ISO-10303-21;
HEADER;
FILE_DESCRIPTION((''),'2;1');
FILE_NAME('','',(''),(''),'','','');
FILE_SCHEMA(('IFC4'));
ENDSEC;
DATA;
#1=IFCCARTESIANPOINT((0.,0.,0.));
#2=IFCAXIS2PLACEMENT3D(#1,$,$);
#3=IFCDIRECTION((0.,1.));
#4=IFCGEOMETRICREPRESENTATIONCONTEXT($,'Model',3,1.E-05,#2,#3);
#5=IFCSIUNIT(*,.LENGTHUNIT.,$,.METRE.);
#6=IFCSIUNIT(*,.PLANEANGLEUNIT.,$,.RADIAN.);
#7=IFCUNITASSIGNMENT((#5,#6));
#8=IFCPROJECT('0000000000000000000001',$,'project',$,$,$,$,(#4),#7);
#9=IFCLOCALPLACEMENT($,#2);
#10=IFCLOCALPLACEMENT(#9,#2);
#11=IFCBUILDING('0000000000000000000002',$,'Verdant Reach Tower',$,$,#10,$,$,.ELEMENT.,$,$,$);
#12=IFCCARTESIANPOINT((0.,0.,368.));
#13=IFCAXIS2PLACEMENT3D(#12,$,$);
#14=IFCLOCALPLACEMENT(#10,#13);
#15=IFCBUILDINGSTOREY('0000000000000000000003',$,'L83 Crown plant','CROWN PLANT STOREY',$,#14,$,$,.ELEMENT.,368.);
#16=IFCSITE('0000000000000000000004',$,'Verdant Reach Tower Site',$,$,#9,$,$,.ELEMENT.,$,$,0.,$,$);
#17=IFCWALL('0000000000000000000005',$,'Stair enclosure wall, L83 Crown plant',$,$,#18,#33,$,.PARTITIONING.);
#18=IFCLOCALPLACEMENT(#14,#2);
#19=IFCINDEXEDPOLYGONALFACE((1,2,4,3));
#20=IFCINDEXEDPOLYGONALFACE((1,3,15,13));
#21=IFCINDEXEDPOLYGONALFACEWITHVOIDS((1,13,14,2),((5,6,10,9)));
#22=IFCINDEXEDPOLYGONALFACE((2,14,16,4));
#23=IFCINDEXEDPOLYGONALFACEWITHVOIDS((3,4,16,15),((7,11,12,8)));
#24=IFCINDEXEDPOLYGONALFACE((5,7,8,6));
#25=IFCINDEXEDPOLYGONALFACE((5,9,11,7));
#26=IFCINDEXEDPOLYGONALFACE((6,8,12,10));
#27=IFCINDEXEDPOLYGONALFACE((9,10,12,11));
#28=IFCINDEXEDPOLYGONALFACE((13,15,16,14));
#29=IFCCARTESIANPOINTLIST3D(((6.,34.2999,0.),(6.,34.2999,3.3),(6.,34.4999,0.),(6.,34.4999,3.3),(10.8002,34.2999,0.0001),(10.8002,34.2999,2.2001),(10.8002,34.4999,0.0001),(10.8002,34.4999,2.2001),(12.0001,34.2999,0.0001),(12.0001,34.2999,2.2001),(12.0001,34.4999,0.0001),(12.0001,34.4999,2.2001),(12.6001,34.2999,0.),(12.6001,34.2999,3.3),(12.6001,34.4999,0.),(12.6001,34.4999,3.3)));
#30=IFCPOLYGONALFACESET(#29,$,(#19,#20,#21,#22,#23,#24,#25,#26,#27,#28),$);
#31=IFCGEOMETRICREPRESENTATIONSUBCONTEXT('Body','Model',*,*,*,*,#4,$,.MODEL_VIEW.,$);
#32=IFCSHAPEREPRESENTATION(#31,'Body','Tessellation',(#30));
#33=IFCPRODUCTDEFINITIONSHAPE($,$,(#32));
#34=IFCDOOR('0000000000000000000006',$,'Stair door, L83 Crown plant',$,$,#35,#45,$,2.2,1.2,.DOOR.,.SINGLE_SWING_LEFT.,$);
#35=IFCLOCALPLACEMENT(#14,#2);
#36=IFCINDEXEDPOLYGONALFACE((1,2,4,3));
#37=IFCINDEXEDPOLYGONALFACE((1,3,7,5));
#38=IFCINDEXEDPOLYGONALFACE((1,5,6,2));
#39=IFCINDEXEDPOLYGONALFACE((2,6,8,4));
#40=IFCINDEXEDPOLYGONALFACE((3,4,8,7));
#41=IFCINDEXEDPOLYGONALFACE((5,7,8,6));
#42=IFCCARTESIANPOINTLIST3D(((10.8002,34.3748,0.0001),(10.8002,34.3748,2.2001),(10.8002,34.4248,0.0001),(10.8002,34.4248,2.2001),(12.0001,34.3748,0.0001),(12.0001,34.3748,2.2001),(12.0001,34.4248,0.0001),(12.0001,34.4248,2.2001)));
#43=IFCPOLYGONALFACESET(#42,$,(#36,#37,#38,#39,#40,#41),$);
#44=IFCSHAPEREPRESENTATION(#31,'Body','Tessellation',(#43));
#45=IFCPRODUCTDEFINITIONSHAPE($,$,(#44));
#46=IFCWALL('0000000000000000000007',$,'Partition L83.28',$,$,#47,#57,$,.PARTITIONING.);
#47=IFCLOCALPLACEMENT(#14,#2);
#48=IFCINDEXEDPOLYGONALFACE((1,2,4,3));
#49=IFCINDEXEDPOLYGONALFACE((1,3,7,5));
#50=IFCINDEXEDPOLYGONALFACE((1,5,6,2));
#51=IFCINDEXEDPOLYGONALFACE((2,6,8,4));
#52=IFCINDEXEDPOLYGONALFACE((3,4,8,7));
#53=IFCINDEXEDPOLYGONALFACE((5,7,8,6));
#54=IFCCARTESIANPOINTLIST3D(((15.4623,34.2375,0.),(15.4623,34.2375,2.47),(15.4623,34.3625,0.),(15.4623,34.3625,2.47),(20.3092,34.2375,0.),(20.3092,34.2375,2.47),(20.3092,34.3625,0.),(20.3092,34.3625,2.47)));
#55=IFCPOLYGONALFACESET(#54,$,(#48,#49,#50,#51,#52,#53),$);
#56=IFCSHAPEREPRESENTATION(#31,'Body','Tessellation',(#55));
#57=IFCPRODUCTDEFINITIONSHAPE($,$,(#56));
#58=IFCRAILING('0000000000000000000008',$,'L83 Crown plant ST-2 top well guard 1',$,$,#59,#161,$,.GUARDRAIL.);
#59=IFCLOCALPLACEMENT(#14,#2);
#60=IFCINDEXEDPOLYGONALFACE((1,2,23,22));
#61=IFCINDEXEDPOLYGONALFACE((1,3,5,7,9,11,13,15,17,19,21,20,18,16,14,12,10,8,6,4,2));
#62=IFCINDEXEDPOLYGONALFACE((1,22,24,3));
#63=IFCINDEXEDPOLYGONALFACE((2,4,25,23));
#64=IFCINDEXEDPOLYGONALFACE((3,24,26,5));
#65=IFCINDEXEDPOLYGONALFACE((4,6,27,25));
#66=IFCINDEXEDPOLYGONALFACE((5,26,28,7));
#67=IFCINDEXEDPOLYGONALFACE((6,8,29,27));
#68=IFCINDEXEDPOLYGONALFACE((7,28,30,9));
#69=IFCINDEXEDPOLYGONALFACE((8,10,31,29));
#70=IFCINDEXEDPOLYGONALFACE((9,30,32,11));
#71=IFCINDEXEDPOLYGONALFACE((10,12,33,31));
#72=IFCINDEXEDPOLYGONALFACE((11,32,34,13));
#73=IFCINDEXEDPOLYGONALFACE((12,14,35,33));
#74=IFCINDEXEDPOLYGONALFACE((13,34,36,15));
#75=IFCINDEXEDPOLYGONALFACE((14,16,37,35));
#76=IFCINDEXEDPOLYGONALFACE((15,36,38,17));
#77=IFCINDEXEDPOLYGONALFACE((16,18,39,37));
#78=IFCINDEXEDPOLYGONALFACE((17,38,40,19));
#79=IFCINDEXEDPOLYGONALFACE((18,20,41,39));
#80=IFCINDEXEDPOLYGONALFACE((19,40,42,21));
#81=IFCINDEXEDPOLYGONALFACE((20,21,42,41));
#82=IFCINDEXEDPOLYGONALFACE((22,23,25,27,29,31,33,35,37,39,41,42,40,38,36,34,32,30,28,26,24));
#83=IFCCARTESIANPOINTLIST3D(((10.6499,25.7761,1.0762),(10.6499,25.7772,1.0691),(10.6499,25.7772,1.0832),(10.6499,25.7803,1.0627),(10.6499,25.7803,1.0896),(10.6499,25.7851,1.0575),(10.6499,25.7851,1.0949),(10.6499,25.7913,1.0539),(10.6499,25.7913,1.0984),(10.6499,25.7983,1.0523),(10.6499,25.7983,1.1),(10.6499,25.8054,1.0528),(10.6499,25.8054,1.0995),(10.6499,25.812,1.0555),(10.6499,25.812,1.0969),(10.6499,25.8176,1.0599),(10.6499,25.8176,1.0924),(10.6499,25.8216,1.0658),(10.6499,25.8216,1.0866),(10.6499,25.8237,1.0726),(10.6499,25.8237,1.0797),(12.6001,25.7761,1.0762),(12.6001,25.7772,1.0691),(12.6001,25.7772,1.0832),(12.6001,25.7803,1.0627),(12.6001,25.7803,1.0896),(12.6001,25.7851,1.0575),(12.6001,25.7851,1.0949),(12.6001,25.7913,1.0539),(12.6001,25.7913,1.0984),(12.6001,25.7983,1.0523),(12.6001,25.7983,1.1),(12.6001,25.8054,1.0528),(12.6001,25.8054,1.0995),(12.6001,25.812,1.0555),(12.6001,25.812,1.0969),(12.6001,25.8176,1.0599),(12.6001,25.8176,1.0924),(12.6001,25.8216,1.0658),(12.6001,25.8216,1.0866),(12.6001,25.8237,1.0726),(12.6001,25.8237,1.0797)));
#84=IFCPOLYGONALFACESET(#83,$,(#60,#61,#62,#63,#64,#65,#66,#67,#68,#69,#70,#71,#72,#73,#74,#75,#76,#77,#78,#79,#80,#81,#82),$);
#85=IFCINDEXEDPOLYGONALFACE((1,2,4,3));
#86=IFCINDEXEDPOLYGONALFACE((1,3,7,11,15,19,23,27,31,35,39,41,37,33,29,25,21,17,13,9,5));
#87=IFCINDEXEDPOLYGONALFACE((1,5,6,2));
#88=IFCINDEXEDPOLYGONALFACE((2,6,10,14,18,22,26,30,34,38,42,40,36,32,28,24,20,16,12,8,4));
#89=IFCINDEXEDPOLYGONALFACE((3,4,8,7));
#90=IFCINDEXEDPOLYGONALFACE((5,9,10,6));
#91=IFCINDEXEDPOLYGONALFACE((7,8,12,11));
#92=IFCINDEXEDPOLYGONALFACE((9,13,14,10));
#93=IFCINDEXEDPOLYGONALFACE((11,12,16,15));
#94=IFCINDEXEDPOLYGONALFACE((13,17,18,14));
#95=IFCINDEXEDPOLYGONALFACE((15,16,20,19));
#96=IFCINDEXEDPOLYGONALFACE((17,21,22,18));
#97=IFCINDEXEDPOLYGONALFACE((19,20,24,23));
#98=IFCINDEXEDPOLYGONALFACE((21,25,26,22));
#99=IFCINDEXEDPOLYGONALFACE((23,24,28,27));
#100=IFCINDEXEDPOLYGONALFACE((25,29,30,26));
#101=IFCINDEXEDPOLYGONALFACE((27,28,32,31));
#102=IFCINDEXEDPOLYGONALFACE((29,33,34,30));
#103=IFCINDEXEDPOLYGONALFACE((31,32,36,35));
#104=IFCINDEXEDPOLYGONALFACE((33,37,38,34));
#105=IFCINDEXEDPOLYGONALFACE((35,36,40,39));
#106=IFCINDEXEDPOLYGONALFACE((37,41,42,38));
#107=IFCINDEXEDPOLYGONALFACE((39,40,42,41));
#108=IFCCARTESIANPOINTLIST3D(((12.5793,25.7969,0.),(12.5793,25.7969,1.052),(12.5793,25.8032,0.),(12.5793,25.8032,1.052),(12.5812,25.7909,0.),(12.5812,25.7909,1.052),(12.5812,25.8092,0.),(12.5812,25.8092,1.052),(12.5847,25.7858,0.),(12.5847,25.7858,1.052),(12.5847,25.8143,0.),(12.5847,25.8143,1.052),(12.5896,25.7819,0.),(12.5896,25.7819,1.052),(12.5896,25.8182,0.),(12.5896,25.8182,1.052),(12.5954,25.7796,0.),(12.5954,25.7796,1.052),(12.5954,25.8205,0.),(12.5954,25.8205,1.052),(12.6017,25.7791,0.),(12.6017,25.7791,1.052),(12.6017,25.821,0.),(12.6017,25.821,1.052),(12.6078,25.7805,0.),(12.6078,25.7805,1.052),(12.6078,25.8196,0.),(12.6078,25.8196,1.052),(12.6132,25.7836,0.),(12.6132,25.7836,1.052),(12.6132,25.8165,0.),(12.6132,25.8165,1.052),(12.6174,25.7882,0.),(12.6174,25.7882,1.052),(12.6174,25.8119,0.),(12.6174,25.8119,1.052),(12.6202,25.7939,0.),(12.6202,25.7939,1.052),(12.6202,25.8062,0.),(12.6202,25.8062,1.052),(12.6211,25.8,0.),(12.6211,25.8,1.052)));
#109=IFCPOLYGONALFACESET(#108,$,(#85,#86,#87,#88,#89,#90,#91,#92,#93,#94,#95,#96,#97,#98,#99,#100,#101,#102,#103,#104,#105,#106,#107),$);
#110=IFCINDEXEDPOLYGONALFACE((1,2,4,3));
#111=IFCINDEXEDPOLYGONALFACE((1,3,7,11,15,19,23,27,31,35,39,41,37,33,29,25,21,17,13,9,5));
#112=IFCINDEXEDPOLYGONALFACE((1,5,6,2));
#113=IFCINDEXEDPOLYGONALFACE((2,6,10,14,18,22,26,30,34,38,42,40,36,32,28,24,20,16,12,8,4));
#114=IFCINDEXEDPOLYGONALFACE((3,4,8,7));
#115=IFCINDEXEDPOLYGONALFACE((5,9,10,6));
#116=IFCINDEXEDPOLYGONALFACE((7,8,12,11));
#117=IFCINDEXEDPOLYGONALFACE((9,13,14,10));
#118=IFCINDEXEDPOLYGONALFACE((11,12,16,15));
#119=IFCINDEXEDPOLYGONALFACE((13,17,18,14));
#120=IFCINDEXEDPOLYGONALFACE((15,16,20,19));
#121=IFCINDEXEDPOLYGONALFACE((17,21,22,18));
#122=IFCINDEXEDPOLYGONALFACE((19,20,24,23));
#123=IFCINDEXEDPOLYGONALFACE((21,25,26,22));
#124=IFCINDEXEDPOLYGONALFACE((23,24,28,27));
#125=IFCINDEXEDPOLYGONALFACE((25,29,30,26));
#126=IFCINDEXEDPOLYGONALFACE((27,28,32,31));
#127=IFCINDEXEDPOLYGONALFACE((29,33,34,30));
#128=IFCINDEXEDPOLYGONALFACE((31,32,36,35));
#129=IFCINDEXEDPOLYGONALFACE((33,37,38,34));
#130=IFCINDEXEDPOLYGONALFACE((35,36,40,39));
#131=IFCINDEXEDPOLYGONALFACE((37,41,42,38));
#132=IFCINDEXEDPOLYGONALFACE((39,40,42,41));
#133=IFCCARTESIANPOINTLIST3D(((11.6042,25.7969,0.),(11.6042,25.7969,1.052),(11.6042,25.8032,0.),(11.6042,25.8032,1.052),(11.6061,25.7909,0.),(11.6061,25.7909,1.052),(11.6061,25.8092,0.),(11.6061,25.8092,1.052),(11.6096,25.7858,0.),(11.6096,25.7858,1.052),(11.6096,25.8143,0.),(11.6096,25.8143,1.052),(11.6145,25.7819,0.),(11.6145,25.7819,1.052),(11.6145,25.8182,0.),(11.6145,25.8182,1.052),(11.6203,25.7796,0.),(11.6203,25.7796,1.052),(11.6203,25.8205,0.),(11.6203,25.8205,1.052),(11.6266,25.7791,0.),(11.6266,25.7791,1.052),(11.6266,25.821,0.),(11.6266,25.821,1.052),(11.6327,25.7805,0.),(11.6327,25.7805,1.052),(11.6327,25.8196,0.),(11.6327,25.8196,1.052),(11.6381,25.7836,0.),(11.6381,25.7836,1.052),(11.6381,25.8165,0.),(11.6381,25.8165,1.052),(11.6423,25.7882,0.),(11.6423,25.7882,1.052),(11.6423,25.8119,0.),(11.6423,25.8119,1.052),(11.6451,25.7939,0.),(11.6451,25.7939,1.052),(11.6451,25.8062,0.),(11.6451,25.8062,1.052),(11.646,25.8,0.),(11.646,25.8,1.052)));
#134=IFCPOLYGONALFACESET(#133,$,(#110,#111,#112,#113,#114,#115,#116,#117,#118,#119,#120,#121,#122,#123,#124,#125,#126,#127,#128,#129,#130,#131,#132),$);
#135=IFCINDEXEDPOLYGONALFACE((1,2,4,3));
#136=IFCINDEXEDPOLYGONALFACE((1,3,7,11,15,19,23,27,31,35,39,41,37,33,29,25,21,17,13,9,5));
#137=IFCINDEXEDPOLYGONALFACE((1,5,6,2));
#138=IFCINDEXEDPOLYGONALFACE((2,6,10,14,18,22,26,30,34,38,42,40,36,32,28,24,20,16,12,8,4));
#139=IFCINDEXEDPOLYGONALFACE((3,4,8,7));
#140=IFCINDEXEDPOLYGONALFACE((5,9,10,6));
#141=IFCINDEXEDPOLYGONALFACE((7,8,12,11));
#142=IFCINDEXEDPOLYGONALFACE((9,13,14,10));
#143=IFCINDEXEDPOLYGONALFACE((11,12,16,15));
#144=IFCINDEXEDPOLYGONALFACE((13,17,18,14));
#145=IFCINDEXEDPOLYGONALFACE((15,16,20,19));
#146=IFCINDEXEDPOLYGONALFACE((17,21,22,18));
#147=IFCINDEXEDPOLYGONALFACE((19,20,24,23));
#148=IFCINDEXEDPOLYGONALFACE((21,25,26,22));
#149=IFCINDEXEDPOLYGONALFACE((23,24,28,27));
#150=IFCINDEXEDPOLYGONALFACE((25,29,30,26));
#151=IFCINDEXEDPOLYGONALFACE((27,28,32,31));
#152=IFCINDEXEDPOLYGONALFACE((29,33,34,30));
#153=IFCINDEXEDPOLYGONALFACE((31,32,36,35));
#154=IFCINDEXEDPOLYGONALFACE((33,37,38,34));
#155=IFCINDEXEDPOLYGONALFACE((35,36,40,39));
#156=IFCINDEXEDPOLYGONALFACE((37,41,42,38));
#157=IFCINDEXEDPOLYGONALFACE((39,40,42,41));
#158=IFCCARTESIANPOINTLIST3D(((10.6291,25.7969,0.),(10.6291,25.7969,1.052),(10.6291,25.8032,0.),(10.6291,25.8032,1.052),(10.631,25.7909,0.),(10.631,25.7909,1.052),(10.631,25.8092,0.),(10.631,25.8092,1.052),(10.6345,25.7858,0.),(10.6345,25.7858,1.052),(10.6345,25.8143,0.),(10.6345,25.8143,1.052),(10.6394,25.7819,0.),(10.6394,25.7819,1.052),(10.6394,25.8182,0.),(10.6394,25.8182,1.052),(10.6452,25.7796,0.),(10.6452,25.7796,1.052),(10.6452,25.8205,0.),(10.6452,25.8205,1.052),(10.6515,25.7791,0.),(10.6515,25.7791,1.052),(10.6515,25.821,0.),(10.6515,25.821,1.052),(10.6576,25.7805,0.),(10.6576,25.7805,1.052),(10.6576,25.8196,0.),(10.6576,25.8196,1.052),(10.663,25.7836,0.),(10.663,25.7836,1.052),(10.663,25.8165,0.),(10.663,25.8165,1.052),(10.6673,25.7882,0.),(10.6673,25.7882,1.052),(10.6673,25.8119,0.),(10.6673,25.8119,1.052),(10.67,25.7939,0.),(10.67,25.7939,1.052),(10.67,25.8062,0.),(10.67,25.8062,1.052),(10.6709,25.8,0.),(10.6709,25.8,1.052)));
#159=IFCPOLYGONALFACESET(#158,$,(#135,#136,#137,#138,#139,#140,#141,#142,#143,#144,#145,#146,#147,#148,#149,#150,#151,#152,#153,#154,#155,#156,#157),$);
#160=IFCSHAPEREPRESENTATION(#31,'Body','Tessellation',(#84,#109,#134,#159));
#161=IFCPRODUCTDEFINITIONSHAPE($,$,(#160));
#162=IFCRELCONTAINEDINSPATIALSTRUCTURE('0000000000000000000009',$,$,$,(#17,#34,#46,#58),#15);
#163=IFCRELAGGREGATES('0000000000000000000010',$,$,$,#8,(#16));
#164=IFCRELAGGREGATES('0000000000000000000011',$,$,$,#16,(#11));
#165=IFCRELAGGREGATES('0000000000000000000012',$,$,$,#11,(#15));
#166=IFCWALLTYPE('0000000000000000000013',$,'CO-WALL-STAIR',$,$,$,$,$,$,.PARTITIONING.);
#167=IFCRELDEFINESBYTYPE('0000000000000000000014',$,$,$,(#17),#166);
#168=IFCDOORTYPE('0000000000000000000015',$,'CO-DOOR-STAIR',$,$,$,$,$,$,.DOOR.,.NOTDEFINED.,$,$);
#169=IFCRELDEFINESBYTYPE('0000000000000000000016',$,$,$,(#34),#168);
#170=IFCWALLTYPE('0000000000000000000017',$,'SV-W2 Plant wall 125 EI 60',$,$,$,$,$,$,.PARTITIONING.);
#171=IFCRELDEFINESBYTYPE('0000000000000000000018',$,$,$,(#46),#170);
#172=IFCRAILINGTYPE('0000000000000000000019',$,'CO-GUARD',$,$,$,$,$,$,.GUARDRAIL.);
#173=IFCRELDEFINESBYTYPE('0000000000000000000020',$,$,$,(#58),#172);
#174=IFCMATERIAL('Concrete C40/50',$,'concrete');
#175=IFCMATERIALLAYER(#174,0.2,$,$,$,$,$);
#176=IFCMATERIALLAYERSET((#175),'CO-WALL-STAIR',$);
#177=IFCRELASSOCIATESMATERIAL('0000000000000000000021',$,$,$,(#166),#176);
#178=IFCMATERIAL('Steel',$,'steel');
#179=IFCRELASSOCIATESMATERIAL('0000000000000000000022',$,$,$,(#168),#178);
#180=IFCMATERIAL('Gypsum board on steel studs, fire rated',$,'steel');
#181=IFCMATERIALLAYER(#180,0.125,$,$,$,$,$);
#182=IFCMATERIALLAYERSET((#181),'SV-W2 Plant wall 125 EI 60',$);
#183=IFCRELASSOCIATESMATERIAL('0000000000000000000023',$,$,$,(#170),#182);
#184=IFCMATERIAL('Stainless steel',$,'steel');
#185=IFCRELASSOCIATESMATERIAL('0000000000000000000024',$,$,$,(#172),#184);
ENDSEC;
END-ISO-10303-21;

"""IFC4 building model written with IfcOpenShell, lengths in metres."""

from ifc_helpers import new_model, si_unit, direction, frame, frame_2d, origin, origin_2d, place, context, subcontext, project, spatial, rectangle, circle, extrude, material, layer, layer_set, type_object, element, fill, save


model = new_model("IFC4")

# Units and contexts
model_context = context("Model", 3, precision=1e-05, world=origin(), true_north=direction((0.0, 1.0)))
body_context = subcontext(model_context, "Body", "Model", "MODEL_VIEW")
ifc_project = project(units=[si_unit("LENGTHUNIT", "METRE"), si_unit("PLANEANGLEUNIT", "RADIAN")], contexts=[model_context])

# Site, building, storey
site_placement = place(None, origin())
site = spatial("IfcSite", under=ifc_project, at=site_placement, Name="Verdant Reach Tower Site", CompositionType="ELEMENT", RefElevation=0.0)
building_placement = place(site_placement, origin())
building = spatial("IfcBuilding", under=site, at=building_placement, Name="Verdant Reach Tower", CompositionType="ELEMENT")
storey_placement = place(building_placement, frame((0.0, 0.0, 368.0)))
storey = spatial("IfcBuildingStorey", under=building, at=storey_placement, Name="L83 Crown plant", Description="CROWN PLANT STOREY", CompositionType="ELEMENT", Elevation=368.0)

# Shared definitions
ifc_material_1 = material(Name="Concrete C40/50", Category="concrete")
ifc_layer_1 = layer(ifc_material_1, 0.2)
ifc_layer_set_1 = layer_set([ifc_layer_1], Name="CO-WALL-STAIR")
wall_type_1 = type_object("IfcWallType", Name="CO-WALL-STAIR", PredefinedType="PARTITIONING", material=ifc_layer_set_1)

# Wall, opening, door
wall_1_placement = place(storey_placement, frame((6.0, 34.3999, 0.0), z_axis=(0.0, 0.0, 1.0), x_axis=(1.0, 0.0, 0.0)))
wall_1 = element("IfcWall", 1, at=wall_1_placement, inside=storey, type_object=wall_type_1, Name="Stair enclosure wall, L83 Crown plant", PredefinedType="PARTITIONING", context=body_context, shape_type="SweptSolid", body=[
    extrude(rectangle(XDim=6.6001, YDim=0.2, at=frame_2d((3.3, 0.0))), origin(), (0.0, 0.0, 1.0), 3.3),
])
opening_1_placement = place(wall_1_placement, frame((4.8, 0.0, 0.0)))
opening_1 = element("IfcOpeningElement", 2, at=opening_1_placement, cuts=wall_1, PredefinedType="OPENING", context=body_context, shape_type="SweptSolid", body=[
    extrude(rectangle(XDim=1.2, YDim=2.2, at=frame_2d((0.6001, 1.1001))), frame((0.0, 0.1099, 0.0), z_axis=(0.0, -1.0, 0.0), x_axis=(1.0, 0.0, 0.0)), (0.0, 0.0, 1.0), 0.22),
])
ifc_material_2 = material(Name="Steel", Category="steel")
door_type_1 = type_object("IfcDoorType", Name="CO-DOOR-STAIR", OperationType="NOTDEFINED", PredefinedType="DOOR", material=ifc_material_2)
door_1_placement = place(opening_1_placement, origin())
door_1 = element("IfcDoor", 3, at=door_1_placement, inside=storey, type_object=door_type_1, Name="Stair door, L83 Crown plant", OperationType="SINGLE_SWING_LEFT", OverallHeight=2.2, OverallWidth=1.2, PredefinedType="DOOR", context=body_context, shape_type="SweptSolid", body=[
    extrude(rectangle(XDim=1.2, YDim=2.2, at=frame_2d((0.6001, 1.1001))), frame((0.0, 0.0249, 0.0), z_axis=(0.0, -1.0, 0.0), x_axis=(1.0, 0.0, 0.0)), (0.0, 0.0, 1.0), 0.05),
])
fill(opening_1, door_1)
ifc_material_3 = material(Name="Gypsum board on steel studs, fire rated", Category="steel")
ifc_layer_2 = layer(ifc_material_3, 0.125)
ifc_layer_set_2 = layer_set([ifc_layer_2], Name="SV-W2 Plant wall 125 EI 60")
wall_type_2 = type_object("IfcWallType", Name="SV-W2 Plant wall 125 EI 60", PredefinedType="PARTITIONING", material=ifc_layer_set_2)

# Wall
wall_2_placement = place(storey_placement, frame((15.4624, 34.3, 0.0), z_axis=(0.0, 0.0, 1.0), x_axis=(1.0, 0.0, 0.0)))
element("IfcWall", 4, at=wall_2_placement, inside=storey, type_object=wall_type_2, Name="Partition L83.28", PredefinedType="PARTITIONING", context=body_context, shape_type="SweptSolid", body=[
    extrude(rectangle(XDim=4.8469, YDim=0.125, at=frame_2d((2.4233, 0.0))), origin(), (0.0, 0.0, 1.0), 2.47),
])

# Railing
ifc_material_4 = material(Name="Stainless steel", Category="steel")
railing_type = type_object("IfcRailingType", Name="CO-GUARD", PredefinedType="GUARDRAIL", material=ifc_material_4)
railing_1_placement = place(storey_placement, frame((12.6001, 25.8, 0.0)))
element("IfcRailing", 5, at=railing_1_placement, inside=storey, type_object=railing_type, Name="L83 Crown plant ST-2 top well guard 1", PredefinedType="GUARDRAIL", context=body_context, shape_type="SweptSolid", body=[
    extrude(circle(Radius=0.0239, at=origin_2d()), frame((0.0, 0.0, 1.0762), z_axis=(-1.0, 0.0, 0.0), x_axis=(0.0, -1.0, 0.0)), (0.0, 0.0, 1.0), 1.9502),
    extrude(circle(Radius=0.021, at=origin_2d()), origin(), (0.0, 0.0, 1.0), 1.052),
    extrude(circle(Radius=0.021, at=origin_2d()), frame((-0.9751, 0.0, 0.0)), (0.0, 0.0, 1.0), 1.052),
    extrude(circle(Radius=0.021, at=origin_2d()), frame((-1.9502, 0.0, 0.0)), (0.0, 0.0, 1.0), 1.052),
])

save(model, "model.ifc")
